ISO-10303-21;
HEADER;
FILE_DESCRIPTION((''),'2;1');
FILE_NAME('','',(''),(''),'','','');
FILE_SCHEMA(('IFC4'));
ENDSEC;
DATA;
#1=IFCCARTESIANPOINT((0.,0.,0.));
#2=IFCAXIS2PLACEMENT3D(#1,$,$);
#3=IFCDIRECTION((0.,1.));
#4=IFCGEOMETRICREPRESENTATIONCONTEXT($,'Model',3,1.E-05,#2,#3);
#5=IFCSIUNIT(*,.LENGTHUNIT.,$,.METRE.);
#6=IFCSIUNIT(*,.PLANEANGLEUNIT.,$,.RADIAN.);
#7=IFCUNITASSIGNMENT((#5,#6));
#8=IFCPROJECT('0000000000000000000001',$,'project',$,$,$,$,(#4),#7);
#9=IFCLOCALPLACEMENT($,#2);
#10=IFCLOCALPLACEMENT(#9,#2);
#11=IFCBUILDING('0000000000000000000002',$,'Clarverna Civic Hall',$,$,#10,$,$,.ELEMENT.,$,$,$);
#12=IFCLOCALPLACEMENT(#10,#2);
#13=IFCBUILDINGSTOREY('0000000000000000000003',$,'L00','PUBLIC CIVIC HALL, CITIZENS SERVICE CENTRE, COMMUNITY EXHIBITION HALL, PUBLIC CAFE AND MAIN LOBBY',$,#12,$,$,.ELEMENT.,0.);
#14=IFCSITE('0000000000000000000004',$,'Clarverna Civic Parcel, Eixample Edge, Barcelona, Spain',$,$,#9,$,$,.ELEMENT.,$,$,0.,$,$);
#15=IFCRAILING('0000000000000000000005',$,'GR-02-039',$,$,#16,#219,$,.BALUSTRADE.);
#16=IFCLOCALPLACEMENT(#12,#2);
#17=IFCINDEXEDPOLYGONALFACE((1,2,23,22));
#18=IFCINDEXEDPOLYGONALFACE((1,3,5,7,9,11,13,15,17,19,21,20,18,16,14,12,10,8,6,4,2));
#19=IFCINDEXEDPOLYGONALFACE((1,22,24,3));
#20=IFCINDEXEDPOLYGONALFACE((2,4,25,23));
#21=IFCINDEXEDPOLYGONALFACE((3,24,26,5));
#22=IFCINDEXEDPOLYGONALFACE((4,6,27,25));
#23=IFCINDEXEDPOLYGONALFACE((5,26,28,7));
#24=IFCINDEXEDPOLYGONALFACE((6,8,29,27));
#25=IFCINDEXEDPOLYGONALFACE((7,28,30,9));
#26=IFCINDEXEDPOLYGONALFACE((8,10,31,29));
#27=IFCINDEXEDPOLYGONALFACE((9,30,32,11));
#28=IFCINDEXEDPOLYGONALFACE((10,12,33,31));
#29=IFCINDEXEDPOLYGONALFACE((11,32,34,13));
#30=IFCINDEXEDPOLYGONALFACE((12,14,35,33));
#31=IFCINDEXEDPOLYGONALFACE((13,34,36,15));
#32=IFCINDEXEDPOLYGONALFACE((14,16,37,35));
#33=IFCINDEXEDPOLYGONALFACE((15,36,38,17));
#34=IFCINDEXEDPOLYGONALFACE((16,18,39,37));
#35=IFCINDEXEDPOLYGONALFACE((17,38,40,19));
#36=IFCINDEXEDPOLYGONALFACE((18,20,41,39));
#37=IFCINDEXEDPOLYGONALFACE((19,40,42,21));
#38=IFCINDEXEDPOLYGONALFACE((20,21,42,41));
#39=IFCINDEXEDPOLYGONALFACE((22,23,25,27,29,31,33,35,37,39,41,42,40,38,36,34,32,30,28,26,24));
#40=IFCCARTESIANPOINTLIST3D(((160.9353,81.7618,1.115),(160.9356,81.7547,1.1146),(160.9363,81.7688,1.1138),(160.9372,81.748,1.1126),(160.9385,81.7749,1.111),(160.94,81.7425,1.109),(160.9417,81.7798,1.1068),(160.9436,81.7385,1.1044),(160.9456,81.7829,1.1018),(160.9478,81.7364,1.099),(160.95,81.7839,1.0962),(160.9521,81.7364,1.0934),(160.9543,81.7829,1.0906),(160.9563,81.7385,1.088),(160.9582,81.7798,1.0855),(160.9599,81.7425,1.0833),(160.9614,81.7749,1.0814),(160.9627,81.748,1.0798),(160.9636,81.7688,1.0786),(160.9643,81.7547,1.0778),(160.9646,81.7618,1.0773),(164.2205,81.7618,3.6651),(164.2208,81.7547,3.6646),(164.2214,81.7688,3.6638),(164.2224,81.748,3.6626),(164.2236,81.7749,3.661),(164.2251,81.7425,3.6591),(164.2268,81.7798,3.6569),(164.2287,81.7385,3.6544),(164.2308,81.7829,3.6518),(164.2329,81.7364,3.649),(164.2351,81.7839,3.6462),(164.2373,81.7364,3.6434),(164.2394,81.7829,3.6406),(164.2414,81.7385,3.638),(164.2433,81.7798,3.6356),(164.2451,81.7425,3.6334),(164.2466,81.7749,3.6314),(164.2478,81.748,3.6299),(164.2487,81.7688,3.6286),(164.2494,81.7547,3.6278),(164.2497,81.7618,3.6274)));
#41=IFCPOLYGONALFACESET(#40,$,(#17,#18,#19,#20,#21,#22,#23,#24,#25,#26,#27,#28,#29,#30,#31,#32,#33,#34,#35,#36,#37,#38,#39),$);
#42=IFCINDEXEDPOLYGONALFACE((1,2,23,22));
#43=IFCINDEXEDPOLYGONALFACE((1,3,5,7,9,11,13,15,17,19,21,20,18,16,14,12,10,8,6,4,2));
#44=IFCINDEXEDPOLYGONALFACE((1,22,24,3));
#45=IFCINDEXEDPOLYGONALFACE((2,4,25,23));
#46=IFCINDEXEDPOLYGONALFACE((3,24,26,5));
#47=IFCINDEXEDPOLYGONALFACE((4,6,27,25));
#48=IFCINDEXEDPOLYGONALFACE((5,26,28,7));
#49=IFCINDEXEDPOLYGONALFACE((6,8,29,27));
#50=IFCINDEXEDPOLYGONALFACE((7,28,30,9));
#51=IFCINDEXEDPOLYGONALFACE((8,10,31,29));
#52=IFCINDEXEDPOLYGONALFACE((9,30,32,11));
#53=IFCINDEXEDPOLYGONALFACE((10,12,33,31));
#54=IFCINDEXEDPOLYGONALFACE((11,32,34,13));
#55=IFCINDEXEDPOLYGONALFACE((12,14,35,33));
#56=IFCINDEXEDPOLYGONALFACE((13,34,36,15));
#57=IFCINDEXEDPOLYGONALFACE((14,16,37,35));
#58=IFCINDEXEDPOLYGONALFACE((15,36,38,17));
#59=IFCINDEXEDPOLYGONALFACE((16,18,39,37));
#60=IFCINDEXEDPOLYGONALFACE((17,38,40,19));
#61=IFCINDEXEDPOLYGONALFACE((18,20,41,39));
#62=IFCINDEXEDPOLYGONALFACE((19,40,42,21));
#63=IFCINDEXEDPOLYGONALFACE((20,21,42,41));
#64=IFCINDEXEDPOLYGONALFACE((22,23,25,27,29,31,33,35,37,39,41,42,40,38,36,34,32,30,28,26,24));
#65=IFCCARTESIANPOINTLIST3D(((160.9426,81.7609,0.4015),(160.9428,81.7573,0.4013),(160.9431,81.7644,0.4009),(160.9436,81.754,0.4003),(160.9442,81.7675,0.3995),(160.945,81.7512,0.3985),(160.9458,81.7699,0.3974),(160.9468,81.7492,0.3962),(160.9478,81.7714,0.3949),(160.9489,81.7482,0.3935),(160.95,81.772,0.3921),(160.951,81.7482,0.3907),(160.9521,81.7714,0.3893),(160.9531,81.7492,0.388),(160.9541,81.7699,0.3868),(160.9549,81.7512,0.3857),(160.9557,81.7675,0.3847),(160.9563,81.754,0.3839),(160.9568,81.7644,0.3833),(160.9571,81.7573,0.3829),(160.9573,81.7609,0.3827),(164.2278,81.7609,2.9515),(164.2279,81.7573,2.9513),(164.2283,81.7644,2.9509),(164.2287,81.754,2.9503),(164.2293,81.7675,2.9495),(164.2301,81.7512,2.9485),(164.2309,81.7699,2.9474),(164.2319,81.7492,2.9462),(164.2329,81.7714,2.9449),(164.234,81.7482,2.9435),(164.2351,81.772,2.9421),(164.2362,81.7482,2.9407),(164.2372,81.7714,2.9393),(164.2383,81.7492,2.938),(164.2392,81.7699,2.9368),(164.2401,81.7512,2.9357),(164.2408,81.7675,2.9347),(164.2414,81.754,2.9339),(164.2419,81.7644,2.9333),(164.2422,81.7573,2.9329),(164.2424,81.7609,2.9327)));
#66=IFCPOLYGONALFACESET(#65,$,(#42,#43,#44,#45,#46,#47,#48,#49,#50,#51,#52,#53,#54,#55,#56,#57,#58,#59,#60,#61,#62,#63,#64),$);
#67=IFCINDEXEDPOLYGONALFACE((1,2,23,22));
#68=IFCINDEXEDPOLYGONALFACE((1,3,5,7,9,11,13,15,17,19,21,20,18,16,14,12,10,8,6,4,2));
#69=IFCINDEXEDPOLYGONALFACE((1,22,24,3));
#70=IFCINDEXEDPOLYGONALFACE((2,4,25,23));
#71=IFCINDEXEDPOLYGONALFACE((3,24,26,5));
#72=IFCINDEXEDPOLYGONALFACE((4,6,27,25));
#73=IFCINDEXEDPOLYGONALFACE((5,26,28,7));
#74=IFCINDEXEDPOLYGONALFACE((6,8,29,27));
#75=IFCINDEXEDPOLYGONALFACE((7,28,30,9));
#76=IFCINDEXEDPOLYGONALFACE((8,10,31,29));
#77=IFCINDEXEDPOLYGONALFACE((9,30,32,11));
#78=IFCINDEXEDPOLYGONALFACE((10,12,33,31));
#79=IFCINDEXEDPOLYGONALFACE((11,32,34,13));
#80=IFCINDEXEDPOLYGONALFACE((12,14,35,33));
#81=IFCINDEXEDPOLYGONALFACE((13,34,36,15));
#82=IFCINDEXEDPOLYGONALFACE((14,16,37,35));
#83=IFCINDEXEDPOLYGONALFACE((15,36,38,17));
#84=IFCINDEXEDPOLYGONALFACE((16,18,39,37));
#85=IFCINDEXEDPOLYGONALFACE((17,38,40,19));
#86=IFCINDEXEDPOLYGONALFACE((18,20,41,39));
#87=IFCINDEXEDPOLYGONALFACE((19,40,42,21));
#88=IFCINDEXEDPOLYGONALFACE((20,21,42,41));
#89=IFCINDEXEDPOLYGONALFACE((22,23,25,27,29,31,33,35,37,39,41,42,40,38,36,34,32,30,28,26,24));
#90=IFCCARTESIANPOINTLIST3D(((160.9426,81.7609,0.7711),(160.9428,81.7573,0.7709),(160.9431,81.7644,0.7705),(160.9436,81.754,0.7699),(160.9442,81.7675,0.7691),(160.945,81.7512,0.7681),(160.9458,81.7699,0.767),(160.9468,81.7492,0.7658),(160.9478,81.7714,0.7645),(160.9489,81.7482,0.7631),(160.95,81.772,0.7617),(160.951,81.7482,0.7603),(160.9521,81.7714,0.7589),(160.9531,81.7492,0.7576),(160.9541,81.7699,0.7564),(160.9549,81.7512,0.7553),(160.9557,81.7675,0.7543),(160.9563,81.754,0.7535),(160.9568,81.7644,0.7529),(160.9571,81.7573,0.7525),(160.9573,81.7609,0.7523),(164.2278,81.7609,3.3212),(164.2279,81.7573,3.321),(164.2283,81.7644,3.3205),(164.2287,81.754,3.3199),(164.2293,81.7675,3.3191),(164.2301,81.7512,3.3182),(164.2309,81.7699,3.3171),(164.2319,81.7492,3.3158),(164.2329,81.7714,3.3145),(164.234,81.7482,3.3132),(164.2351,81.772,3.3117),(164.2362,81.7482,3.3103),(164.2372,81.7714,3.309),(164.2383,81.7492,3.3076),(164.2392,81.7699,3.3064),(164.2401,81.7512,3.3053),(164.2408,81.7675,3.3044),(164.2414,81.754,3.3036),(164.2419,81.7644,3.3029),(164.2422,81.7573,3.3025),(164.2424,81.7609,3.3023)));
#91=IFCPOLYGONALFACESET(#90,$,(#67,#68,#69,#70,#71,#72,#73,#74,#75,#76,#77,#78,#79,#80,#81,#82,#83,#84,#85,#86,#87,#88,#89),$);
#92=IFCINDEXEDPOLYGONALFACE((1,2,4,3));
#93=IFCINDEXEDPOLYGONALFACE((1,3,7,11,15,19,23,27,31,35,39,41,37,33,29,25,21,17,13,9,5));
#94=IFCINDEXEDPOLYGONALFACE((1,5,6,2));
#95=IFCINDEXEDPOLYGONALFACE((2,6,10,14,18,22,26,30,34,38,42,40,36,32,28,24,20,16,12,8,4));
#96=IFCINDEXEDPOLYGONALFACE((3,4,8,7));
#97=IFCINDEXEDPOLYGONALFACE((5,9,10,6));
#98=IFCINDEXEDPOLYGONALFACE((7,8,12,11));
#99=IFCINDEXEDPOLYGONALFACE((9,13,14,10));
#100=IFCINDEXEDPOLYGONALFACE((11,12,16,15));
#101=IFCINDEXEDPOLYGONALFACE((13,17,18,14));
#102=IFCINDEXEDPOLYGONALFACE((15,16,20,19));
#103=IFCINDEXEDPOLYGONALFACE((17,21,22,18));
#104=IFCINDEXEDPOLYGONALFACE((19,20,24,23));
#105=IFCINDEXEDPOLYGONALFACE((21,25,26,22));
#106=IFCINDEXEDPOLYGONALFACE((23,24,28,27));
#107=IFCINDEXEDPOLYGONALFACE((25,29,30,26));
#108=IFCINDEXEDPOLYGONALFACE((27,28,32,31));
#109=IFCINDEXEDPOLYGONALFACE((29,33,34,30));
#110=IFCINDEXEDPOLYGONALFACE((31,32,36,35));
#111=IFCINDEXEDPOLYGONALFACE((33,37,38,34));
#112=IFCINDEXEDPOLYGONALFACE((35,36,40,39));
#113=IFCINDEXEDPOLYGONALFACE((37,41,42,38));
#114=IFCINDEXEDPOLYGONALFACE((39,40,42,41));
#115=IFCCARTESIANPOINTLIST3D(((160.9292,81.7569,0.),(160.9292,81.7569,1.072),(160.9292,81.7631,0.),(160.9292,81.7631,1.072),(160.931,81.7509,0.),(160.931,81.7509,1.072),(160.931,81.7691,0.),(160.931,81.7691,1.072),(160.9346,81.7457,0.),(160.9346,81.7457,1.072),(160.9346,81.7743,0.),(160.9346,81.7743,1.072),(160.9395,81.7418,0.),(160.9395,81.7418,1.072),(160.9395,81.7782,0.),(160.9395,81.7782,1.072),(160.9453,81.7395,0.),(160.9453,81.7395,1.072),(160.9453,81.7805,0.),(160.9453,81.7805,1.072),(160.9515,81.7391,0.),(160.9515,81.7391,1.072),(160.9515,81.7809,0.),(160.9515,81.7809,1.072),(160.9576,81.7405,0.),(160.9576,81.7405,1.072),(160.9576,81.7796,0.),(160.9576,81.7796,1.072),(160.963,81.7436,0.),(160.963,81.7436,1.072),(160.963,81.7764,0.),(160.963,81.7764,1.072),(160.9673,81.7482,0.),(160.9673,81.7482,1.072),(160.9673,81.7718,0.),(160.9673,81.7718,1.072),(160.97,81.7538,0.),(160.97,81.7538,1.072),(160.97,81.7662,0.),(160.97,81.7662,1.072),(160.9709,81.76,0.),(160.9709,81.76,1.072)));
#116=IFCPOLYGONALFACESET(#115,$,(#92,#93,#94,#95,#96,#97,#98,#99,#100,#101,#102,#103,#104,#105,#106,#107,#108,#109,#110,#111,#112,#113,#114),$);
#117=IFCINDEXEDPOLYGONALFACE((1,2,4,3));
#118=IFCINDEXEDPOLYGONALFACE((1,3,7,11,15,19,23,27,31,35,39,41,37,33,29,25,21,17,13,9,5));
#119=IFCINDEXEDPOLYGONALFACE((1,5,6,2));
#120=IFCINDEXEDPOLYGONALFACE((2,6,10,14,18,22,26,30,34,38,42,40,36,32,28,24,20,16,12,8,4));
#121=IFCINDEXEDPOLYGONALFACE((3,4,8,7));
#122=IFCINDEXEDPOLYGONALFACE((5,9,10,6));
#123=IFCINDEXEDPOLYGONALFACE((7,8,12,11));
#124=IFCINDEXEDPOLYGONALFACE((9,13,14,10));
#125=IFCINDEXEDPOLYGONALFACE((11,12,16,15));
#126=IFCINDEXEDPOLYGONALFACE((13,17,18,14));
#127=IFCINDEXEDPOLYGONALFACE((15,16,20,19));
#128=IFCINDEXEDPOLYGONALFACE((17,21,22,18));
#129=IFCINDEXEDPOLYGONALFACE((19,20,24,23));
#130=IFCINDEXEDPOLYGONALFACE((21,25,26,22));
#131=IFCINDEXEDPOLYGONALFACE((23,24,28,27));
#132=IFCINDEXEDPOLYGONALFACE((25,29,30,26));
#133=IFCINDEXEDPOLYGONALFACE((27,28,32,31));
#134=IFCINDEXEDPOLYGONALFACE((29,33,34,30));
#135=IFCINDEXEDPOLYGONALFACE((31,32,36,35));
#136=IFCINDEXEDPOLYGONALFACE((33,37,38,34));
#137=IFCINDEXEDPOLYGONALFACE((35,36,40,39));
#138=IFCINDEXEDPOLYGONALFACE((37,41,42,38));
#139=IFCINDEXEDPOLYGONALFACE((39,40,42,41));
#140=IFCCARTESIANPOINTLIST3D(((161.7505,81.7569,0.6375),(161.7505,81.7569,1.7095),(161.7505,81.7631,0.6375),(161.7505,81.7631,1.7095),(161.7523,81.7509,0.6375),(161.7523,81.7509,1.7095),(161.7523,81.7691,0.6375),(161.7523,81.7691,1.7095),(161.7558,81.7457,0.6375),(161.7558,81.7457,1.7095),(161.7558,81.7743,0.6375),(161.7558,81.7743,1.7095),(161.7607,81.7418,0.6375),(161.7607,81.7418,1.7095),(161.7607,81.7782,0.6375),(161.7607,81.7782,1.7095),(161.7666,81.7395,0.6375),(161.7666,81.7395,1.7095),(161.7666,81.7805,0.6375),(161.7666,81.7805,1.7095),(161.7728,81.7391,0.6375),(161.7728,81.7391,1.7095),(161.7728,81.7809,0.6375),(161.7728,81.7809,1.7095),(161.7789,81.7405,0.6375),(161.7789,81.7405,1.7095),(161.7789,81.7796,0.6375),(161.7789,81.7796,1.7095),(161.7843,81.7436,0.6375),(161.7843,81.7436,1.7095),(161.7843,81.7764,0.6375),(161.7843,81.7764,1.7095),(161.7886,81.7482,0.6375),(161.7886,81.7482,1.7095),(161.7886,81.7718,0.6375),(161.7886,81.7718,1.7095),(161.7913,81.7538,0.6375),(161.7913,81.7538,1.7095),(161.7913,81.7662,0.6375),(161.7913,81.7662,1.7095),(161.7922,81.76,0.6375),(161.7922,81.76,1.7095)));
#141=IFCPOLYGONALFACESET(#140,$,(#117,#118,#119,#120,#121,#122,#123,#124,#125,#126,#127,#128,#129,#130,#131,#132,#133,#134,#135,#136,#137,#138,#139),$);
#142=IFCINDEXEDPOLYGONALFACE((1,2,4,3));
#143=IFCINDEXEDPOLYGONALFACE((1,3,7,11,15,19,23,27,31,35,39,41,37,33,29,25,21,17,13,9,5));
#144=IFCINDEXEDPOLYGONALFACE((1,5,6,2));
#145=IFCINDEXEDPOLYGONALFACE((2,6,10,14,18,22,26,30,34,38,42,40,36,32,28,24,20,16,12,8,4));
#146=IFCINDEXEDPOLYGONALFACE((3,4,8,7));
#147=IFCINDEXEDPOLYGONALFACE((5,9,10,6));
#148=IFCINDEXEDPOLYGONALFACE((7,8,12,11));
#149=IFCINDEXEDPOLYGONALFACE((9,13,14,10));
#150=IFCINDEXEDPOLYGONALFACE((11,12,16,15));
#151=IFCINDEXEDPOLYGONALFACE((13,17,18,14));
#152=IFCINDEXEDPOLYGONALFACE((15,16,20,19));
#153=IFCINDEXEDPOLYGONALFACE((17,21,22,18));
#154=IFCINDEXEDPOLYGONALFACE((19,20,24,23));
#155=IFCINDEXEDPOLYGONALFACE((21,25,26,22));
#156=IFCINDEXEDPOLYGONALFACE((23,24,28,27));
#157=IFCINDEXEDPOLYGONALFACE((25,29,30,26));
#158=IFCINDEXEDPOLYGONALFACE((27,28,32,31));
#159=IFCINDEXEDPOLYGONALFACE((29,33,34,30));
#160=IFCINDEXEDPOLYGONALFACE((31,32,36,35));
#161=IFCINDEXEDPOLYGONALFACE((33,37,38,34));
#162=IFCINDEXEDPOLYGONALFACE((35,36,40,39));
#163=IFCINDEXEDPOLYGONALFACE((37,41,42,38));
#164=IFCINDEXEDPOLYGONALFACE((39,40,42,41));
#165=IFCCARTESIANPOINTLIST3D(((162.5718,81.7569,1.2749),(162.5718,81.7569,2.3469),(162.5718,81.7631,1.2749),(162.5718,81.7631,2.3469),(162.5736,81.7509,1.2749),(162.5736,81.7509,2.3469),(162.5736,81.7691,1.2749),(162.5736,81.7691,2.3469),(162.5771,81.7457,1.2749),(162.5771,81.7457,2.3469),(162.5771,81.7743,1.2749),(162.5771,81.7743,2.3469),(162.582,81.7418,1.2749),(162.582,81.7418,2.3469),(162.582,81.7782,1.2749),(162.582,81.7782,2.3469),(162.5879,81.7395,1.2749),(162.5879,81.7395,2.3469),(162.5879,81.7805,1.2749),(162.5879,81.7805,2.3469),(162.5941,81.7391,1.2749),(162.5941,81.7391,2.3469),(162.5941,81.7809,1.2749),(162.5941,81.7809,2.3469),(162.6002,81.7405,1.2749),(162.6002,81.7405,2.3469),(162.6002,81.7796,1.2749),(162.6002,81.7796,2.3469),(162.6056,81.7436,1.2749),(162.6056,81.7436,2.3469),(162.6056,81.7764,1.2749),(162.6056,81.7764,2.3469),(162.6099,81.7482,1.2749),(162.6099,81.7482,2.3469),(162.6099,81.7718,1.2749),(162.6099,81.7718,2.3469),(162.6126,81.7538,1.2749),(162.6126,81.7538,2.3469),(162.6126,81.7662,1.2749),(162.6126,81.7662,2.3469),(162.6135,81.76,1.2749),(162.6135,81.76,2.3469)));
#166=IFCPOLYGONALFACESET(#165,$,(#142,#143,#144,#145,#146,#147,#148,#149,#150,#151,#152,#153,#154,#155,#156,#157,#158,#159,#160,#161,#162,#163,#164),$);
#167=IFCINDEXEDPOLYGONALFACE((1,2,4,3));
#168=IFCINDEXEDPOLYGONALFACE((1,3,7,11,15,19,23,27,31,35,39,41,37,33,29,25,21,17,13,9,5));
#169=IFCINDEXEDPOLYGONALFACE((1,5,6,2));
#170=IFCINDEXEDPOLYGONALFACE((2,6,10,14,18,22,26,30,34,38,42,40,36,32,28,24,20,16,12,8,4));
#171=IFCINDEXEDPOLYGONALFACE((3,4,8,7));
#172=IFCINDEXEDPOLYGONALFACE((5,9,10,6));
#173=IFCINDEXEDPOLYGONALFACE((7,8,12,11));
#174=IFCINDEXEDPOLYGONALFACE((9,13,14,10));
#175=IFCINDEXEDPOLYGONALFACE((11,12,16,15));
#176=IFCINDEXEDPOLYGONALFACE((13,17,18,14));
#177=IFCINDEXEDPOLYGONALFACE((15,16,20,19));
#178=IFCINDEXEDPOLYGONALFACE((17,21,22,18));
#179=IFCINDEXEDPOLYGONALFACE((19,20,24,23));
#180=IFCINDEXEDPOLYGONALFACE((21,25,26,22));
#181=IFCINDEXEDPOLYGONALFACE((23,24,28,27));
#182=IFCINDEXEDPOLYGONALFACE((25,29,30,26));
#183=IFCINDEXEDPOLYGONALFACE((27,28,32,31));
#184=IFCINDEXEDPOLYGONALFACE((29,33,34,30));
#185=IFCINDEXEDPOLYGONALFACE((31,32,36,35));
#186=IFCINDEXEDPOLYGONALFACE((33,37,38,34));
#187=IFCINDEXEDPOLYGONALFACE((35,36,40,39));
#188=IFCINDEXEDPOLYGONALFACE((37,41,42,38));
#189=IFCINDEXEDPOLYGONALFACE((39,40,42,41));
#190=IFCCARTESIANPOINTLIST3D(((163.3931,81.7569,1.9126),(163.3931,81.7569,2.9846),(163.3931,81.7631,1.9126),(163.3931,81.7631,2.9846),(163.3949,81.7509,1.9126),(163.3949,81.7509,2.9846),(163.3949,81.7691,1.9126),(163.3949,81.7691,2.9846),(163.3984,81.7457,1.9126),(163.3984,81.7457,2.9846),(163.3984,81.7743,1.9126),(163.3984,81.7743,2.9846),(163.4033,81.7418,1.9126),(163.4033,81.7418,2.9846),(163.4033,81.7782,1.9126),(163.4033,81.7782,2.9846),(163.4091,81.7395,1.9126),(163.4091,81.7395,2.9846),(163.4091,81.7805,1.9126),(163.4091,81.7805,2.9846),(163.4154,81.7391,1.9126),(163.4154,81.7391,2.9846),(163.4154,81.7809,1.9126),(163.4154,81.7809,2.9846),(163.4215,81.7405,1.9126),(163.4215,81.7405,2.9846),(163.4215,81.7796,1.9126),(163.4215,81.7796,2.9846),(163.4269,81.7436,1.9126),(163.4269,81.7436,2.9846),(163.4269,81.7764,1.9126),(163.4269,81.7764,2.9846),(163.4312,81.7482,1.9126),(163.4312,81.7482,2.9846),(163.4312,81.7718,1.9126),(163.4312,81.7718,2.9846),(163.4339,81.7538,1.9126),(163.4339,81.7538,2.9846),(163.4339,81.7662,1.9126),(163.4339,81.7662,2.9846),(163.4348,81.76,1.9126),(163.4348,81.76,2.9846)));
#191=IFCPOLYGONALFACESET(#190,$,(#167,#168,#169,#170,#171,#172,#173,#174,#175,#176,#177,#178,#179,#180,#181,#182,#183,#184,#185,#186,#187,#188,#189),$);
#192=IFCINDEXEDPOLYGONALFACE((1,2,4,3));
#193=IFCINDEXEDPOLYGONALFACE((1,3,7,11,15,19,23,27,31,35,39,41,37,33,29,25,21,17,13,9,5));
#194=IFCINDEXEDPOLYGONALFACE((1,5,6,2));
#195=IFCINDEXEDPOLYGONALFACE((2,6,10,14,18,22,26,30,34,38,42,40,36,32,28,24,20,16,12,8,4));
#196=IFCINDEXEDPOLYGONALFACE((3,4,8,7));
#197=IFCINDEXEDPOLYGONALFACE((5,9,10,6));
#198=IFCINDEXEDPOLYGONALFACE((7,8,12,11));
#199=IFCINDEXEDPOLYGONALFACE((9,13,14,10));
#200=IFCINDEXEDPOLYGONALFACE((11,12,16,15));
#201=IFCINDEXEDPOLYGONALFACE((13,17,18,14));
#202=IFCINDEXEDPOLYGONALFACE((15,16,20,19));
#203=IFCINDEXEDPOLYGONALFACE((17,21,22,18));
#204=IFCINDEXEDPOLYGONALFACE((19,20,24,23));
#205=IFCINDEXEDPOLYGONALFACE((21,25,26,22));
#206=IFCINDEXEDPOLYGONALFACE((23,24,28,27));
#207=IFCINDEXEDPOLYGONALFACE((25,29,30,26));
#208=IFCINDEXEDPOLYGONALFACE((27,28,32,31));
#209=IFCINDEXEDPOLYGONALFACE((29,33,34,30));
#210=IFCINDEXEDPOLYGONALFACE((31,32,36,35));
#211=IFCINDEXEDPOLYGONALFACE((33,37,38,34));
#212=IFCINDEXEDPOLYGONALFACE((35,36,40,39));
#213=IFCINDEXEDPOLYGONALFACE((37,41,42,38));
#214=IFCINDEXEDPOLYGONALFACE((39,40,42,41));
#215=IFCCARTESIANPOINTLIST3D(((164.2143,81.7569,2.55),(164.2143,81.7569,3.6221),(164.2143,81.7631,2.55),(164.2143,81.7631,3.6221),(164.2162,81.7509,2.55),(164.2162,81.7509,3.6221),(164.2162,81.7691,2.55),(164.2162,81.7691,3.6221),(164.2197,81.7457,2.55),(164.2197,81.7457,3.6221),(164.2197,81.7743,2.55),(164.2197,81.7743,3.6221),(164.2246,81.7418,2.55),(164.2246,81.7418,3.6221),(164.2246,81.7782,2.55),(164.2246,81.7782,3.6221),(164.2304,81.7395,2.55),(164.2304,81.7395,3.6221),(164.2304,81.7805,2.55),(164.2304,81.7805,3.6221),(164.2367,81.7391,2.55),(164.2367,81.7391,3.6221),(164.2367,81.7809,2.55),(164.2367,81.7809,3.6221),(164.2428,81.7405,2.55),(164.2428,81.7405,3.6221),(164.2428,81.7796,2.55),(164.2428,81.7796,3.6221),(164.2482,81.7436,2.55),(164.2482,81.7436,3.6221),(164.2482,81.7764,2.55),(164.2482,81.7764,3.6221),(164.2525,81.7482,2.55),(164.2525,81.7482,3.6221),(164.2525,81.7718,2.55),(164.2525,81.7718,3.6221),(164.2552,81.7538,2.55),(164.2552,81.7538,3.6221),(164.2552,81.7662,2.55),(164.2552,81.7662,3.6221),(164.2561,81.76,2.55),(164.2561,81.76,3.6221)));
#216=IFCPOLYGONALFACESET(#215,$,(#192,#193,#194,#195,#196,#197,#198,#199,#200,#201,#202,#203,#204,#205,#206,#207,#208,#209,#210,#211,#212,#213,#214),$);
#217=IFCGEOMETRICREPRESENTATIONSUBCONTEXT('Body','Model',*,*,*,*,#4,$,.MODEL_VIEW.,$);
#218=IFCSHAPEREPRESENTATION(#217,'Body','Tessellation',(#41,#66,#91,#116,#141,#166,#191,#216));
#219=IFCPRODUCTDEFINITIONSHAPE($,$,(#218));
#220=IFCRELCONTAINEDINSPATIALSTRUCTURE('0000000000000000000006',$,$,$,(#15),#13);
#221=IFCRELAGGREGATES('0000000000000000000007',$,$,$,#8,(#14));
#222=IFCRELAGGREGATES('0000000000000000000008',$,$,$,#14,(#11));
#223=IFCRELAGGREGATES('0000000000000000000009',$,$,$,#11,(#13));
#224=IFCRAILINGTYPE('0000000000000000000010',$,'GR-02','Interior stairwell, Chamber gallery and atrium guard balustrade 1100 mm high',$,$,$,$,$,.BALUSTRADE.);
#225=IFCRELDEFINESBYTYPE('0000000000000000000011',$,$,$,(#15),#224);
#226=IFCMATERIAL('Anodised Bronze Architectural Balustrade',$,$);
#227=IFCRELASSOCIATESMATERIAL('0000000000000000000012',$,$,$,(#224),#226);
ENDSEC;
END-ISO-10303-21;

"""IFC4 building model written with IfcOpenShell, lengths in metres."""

from ifc_helpers import new_model, si_unit, direction, frame, origin, origin_2d, place, context, subcontext, project, spatial, circle, extrude, material, type_object, element, save


model = new_model("IFC4")

# Units and contexts
model_context = context("Model", 3, precision=1e-05, world=origin(), true_north=direction((0.0, 1.0)))
body_context = subcontext(model_context, "Body", "Model", "MODEL_VIEW")
ifc_project = project(units=[si_unit("LENGTHUNIT", "METRE"), si_unit("PLANEANGLEUNIT", "RADIAN")], contexts=[model_context])

# Site, building, storey
site_placement = place(None, origin())
site = spatial("IfcSite", under=ifc_project, at=site_placement, Name="Clarverna Civic Parcel, Eixample Edge, Barcelona, Spain", CompositionType="ELEMENT", RefElevation=0.0)
building_placement = place(site_placement, origin())
building = spatial("IfcBuilding", under=site, at=building_placement, Name="Clarverna Civic Hall", CompositionType="ELEMENT")
storey_placement = place(building_placement, origin())
storey = spatial("IfcBuildingStorey", under=building, at=storey_placement, Name="L00", Description="PUBLIC CIVIC HALL, CITIZENS SERVICE CENTRE, COMMUNITY EXHIBITION HALL, PUBLIC CAFE AND MAIN LOBBY", CompositionType="ELEMENT", Elevation=0.0)

# Railing
ifc_material_1 = material(Name="Anodised Bronze Architectural Balustrade")
railing_type_1 = type_object("IfcRailingType", Name="GR-02", Description="Interior stairwell, Chamber gallery and atrium guard balustrade 1100 mm high", PredefinedType="BALUSTRADE", material=ifc_material_1)
railing_1_placement = place(storey_placement, frame((160.95, 81.76, 0.0)))
element("IfcRailing", 1, at=railing_1_placement, inside=storey, type_object=railing_type_1, Name="GR-02-039", PredefinedType="BALUSTRADE", context=body_context, shape_type="SweptSolid", body=[
    extrude(circle(Radius=0.0239, at=origin_2d()), frame((0.0, 0.0, 1.0962), z_axis=(0.789943, 0.0, 0.61318), x_axis=(0.0, 1.0, 0.0)), (0.0, 0.0, 1.0), 4.1587),
    extrude(circle(Radius=0.012, at=origin_2d()), frame((0.0, 0.0, 0.3921), z_axis=(0.789943, 0.0, 0.61318), x_axis=(0.0, 1.0, 0.0)), (0.0, 0.0, 1.0), 4.1587),
    extrude(circle(Radius=0.012, at=origin_2d()), frame((0.0, 0.0, 0.7617), z_axis=(0.789943, 0.0, 0.61318), x_axis=(0.0, 1.0, 0.0)), (0.0, 0.0, 1.0), 4.1587),
    extrude(circle(Radius=0.021, at=origin_2d()), origin(), (0.0, 0.0, 1.0), 1.072),
    extrude(circle(Radius=0.021, at=origin_2d()), frame((0.8213, 0.0, 0.6375)), (0.0, 0.0, 1.0), 1.072),
    extrude(circle(Radius=0.021, at=origin_2d()), frame((1.6426, 0.0, 1.2749)), (0.0, 0.0, 1.0), 1.072),
    extrude(circle(Radius=0.021, at=origin_2d()), frame((2.4639, 0.0, 1.9126)), (0.0, 0.0, 1.0), 1.072),
    extrude(circle(Radius=0.021, at=origin_2d()), frame((3.2852, 0.0, 2.55)), (0.0, 0.0, 1.0), 1.072),
])

save(model, "model.ifc")
